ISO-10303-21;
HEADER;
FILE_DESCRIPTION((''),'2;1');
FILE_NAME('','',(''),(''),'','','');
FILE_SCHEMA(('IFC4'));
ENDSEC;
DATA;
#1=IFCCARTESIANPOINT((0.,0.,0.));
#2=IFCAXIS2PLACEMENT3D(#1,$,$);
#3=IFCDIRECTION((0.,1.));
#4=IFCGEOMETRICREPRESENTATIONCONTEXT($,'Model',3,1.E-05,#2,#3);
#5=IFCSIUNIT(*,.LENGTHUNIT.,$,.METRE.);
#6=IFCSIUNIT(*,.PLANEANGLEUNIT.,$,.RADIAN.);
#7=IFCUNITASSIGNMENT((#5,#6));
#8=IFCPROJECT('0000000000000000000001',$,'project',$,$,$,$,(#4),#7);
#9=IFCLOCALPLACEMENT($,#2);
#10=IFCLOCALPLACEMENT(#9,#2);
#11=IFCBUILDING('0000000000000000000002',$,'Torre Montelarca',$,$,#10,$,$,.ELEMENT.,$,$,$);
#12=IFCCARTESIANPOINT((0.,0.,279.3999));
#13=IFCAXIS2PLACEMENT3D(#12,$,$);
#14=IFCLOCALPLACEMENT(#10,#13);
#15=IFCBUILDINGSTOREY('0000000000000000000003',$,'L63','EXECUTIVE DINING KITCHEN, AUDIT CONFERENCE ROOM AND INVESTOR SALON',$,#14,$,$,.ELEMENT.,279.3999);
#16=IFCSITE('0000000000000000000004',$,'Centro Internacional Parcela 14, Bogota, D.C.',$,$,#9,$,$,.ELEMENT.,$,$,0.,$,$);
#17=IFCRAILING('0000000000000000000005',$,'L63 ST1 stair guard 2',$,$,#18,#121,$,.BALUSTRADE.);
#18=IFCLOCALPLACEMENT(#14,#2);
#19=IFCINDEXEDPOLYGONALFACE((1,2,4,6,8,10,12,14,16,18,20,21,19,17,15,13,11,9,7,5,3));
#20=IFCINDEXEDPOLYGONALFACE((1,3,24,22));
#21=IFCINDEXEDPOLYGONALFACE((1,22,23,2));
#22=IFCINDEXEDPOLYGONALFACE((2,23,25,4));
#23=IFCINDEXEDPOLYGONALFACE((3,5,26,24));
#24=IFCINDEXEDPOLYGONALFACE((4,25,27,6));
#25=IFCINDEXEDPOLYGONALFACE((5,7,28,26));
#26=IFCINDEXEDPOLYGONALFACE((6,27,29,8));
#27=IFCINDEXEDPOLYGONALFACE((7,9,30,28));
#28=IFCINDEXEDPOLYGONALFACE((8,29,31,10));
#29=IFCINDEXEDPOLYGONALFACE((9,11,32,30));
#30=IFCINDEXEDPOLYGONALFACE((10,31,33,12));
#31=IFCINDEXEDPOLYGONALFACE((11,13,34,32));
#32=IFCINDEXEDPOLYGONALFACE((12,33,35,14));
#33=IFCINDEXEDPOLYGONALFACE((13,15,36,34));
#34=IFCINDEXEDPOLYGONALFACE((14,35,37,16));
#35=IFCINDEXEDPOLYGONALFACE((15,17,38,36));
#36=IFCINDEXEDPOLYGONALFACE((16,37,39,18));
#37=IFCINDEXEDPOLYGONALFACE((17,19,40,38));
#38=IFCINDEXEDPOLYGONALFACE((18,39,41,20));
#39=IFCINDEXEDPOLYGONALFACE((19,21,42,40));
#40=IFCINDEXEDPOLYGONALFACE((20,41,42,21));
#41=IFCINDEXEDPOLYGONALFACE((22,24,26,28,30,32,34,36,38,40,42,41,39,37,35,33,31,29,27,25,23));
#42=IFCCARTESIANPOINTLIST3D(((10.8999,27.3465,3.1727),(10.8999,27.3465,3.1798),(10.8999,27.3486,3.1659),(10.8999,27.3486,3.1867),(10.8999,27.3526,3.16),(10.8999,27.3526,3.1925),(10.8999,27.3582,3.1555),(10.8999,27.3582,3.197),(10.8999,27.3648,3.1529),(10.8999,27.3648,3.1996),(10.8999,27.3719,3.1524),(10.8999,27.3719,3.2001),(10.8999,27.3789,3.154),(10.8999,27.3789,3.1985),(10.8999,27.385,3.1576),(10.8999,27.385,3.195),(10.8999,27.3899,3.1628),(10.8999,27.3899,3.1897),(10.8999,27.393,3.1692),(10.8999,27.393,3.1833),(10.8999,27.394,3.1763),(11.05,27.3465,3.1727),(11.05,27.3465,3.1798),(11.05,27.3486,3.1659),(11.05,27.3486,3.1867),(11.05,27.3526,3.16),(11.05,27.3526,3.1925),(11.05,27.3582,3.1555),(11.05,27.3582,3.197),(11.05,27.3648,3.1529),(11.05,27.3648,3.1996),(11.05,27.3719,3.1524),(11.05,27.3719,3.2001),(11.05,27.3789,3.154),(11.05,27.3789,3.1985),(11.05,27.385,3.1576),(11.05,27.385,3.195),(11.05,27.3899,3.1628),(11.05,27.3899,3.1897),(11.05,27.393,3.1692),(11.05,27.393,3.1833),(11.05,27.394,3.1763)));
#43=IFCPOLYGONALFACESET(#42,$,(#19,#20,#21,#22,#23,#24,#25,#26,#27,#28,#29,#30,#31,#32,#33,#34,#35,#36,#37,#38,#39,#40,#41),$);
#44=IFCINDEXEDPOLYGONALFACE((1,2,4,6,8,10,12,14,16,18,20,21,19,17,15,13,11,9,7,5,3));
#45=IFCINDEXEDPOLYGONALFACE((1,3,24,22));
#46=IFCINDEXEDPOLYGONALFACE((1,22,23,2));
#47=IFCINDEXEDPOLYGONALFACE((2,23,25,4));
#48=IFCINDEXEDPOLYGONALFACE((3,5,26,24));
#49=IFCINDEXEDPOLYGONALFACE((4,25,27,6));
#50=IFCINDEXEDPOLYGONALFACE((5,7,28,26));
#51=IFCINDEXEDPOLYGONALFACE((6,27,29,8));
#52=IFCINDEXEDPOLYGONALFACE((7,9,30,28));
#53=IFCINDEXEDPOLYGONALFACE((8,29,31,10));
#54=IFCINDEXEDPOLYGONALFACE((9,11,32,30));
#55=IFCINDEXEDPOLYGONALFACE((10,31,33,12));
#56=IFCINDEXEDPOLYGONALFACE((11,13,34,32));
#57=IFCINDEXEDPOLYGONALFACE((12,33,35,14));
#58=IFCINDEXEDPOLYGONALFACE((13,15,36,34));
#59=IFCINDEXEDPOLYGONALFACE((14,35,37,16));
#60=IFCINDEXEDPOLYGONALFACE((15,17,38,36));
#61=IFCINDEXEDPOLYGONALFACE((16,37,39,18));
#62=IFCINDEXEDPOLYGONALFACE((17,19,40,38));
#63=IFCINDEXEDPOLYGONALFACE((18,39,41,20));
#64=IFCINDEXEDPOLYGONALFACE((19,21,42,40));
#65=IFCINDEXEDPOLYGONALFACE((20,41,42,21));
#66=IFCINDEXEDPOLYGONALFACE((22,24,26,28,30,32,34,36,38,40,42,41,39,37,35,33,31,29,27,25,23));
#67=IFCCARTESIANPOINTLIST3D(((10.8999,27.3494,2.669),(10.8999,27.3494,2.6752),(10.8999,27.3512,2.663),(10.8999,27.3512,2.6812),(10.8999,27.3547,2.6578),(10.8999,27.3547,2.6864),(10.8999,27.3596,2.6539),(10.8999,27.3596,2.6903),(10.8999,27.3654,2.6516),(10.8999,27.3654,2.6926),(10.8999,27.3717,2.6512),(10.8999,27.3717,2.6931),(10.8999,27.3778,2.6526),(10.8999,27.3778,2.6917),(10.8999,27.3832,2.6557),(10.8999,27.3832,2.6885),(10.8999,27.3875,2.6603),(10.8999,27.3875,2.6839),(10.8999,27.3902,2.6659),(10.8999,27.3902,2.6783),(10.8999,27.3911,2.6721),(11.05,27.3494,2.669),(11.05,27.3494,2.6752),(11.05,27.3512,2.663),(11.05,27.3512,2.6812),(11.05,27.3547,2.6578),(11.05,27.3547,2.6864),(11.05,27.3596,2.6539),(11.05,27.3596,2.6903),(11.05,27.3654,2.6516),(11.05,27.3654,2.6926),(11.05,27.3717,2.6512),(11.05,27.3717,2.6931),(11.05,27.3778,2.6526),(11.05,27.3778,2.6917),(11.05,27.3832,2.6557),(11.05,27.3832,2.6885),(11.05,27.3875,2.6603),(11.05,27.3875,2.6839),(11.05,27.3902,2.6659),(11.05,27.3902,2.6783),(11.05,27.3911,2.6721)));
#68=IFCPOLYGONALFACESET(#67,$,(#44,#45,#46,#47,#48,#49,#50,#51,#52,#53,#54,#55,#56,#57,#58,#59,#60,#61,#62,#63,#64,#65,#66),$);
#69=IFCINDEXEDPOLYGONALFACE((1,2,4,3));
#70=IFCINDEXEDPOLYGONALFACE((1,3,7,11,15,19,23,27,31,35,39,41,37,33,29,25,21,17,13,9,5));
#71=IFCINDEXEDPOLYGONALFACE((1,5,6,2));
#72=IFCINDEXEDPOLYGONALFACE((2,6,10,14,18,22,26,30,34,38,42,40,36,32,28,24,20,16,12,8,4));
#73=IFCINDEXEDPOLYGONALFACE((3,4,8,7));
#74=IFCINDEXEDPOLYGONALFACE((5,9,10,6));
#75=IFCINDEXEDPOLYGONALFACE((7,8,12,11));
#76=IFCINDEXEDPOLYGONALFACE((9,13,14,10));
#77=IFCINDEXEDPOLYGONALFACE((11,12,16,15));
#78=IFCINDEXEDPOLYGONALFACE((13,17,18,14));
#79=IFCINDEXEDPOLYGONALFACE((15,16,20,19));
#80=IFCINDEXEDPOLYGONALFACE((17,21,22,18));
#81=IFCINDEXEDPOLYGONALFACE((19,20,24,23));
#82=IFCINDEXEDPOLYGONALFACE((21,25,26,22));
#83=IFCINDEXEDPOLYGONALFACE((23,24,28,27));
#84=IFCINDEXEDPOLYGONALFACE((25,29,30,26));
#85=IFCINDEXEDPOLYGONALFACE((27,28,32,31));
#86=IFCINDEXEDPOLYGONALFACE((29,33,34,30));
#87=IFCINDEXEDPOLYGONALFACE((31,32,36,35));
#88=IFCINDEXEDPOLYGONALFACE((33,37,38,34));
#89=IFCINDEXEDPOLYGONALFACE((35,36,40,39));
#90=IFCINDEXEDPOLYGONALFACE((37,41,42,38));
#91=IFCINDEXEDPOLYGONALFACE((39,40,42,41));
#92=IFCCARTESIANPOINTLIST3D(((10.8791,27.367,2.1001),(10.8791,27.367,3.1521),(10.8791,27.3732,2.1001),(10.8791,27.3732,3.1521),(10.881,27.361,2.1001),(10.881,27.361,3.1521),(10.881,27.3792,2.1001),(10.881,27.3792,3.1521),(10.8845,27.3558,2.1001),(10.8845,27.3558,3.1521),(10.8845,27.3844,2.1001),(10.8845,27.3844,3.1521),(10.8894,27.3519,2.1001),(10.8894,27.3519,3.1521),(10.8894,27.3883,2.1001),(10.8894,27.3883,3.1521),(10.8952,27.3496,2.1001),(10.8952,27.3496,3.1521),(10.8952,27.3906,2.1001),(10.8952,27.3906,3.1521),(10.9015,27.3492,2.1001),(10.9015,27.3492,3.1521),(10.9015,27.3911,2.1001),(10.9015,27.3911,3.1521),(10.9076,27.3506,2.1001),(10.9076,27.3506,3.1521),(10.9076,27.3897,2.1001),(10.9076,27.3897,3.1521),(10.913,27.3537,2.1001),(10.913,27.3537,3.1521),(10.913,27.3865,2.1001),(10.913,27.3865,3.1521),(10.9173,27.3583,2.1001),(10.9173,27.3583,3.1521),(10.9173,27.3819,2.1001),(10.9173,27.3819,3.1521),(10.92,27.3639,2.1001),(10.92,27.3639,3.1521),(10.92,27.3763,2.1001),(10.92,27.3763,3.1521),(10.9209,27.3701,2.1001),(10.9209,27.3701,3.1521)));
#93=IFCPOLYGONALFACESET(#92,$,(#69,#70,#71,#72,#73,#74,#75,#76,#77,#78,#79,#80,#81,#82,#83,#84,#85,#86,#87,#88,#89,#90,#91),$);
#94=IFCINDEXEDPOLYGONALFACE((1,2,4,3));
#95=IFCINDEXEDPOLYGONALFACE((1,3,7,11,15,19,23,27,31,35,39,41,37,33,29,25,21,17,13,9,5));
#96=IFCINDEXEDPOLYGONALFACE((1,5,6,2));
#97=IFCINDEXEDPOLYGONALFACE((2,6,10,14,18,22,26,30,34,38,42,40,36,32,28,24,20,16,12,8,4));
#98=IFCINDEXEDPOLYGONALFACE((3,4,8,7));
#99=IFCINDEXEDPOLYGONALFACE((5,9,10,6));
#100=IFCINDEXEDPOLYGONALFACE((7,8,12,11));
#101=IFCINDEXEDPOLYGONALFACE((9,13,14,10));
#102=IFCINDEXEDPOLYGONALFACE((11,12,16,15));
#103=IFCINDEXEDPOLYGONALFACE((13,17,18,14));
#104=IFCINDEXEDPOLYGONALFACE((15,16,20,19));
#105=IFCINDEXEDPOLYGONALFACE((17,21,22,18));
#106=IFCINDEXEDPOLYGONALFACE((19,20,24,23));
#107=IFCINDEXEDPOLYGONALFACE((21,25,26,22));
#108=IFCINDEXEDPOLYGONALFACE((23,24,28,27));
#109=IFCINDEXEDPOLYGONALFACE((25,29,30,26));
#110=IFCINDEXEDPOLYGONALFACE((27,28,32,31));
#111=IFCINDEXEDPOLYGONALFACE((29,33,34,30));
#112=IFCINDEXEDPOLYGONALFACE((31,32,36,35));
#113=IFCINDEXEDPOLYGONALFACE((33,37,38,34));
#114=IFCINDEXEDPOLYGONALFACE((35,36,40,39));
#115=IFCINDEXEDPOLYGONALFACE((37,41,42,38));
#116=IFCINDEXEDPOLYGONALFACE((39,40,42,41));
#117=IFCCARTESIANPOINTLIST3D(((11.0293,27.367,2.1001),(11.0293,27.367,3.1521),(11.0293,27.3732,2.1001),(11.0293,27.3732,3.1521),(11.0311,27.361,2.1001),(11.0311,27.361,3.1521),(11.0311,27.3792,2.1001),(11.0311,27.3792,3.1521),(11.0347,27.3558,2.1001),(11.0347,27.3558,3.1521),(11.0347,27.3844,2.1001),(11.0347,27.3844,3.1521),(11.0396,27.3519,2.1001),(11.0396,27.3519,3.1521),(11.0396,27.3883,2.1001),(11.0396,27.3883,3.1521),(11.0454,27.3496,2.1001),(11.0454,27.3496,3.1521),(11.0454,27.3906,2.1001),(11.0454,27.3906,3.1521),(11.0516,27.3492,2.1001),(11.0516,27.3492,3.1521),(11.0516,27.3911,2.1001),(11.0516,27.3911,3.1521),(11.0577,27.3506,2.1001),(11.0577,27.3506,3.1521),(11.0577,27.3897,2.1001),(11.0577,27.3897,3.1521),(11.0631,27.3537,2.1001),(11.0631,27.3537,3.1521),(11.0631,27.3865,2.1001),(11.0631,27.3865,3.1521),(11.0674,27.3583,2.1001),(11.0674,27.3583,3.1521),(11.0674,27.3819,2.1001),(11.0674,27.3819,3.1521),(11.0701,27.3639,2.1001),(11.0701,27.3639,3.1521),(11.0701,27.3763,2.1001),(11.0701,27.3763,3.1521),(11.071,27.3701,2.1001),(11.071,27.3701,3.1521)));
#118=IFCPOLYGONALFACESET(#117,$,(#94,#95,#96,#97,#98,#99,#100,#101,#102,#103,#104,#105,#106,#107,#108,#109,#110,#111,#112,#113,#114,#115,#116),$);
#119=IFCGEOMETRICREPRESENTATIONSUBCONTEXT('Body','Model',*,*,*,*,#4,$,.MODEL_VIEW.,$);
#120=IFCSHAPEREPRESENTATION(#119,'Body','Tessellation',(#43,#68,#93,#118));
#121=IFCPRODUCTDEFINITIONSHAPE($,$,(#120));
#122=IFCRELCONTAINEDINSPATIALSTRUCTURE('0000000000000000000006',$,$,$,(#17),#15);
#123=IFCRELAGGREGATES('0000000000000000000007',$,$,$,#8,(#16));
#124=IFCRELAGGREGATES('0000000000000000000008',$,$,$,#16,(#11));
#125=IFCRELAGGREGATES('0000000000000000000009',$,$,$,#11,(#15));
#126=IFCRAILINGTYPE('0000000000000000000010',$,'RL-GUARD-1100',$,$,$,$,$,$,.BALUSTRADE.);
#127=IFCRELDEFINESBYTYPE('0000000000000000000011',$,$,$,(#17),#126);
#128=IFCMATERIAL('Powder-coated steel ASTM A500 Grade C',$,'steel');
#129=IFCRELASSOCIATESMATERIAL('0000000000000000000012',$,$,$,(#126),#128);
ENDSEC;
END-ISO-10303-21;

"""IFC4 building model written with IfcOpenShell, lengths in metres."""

from ifc_helpers import new_model, si_unit, direction, frame, origin, origin_2d, place, context, subcontext, project, spatial, circle, extrude, material, type_object, element, save


model = new_model("IFC4")

# Units and contexts
model_context = context("Model", 3, precision=1e-05, world=origin(), true_north=direction((0.0, 1.0)))
body_context = subcontext(model_context, "Body", "Model", "MODEL_VIEW")
ifc_project = project(units=[si_unit("LENGTHUNIT", "METRE"), si_unit("PLANEANGLEUNIT", "RADIAN")], contexts=[model_context])

# Site, building, storey
site_placement = place(None, origin())
site = spatial("IfcSite", under=ifc_project, at=site_placement, Name="Centro Internacional Parcela 14, Bogota, D.C.", CompositionType="ELEMENT", RefElevation=0.0)
building_placement = place(site_placement, origin())
building = spatial("IfcBuilding", under=site, at=building_placement, Name="Torre Montelarca", CompositionType="ELEMENT")
storey_placement = place(building_placement, frame((0.0, 0.0, 279.3999)))
storey = spatial("IfcBuildingStorey", under=building, at=storey_placement, Name="L63", Description="EXECUTIVE DINING KITCHEN, AUDIT CONFERENCE ROOM AND INVESTOR SALON", CompositionType="ELEMENT", Elevation=279.3999)

# Railing
ifc_material_1 = material(Name="Powder-coated steel ASTM A500 Grade C", Category="steel")
railing_type_1 = type_object("IfcRailingType", Name="RL-GUARD-1100", PredefinedType="BALUSTRADE", material=ifc_material_1)
railing_1_placement = place(storey_placement, frame((10.8999, 27.3701, 2.1001)))
element("IfcRailing", 1, at=railing_1_placement, inside=storey, type_object=railing_type_1, Name="L63 ST1 stair guard 2", PredefinedType="BALUSTRADE", context=body_context, shape_type="SweptSolid", body=[
    extrude(circle(Radius=0.0239, at=origin_2d()), frame((0.0, 0.0, 1.0762), z_axis=(1.0, 0.0, 0.0), x_axis=(0.0, 1.0, 0.0)), (0.0, 0.0, 1.0), 0.1501),
    extrude(circle(Radius=0.021, at=origin_2d()), frame((0.0, 0.0, 0.572), z_axis=(1.0, 0.0, 0.0), x_axis=(0.0, 1.0, 0.0)), (0.0, 0.0, 1.0), 0.1501),
    extrude(circle(Radius=0.021, at=origin_2d()), origin(), (0.0, 0.0, 1.0), 1.052),
    extrude(circle(Radius=0.021, at=origin_2d()), frame((0.1501, 0.0, 0.0)), (0.0, 0.0, 1.0), 1.052),
])

save(model, "model.ifc")
